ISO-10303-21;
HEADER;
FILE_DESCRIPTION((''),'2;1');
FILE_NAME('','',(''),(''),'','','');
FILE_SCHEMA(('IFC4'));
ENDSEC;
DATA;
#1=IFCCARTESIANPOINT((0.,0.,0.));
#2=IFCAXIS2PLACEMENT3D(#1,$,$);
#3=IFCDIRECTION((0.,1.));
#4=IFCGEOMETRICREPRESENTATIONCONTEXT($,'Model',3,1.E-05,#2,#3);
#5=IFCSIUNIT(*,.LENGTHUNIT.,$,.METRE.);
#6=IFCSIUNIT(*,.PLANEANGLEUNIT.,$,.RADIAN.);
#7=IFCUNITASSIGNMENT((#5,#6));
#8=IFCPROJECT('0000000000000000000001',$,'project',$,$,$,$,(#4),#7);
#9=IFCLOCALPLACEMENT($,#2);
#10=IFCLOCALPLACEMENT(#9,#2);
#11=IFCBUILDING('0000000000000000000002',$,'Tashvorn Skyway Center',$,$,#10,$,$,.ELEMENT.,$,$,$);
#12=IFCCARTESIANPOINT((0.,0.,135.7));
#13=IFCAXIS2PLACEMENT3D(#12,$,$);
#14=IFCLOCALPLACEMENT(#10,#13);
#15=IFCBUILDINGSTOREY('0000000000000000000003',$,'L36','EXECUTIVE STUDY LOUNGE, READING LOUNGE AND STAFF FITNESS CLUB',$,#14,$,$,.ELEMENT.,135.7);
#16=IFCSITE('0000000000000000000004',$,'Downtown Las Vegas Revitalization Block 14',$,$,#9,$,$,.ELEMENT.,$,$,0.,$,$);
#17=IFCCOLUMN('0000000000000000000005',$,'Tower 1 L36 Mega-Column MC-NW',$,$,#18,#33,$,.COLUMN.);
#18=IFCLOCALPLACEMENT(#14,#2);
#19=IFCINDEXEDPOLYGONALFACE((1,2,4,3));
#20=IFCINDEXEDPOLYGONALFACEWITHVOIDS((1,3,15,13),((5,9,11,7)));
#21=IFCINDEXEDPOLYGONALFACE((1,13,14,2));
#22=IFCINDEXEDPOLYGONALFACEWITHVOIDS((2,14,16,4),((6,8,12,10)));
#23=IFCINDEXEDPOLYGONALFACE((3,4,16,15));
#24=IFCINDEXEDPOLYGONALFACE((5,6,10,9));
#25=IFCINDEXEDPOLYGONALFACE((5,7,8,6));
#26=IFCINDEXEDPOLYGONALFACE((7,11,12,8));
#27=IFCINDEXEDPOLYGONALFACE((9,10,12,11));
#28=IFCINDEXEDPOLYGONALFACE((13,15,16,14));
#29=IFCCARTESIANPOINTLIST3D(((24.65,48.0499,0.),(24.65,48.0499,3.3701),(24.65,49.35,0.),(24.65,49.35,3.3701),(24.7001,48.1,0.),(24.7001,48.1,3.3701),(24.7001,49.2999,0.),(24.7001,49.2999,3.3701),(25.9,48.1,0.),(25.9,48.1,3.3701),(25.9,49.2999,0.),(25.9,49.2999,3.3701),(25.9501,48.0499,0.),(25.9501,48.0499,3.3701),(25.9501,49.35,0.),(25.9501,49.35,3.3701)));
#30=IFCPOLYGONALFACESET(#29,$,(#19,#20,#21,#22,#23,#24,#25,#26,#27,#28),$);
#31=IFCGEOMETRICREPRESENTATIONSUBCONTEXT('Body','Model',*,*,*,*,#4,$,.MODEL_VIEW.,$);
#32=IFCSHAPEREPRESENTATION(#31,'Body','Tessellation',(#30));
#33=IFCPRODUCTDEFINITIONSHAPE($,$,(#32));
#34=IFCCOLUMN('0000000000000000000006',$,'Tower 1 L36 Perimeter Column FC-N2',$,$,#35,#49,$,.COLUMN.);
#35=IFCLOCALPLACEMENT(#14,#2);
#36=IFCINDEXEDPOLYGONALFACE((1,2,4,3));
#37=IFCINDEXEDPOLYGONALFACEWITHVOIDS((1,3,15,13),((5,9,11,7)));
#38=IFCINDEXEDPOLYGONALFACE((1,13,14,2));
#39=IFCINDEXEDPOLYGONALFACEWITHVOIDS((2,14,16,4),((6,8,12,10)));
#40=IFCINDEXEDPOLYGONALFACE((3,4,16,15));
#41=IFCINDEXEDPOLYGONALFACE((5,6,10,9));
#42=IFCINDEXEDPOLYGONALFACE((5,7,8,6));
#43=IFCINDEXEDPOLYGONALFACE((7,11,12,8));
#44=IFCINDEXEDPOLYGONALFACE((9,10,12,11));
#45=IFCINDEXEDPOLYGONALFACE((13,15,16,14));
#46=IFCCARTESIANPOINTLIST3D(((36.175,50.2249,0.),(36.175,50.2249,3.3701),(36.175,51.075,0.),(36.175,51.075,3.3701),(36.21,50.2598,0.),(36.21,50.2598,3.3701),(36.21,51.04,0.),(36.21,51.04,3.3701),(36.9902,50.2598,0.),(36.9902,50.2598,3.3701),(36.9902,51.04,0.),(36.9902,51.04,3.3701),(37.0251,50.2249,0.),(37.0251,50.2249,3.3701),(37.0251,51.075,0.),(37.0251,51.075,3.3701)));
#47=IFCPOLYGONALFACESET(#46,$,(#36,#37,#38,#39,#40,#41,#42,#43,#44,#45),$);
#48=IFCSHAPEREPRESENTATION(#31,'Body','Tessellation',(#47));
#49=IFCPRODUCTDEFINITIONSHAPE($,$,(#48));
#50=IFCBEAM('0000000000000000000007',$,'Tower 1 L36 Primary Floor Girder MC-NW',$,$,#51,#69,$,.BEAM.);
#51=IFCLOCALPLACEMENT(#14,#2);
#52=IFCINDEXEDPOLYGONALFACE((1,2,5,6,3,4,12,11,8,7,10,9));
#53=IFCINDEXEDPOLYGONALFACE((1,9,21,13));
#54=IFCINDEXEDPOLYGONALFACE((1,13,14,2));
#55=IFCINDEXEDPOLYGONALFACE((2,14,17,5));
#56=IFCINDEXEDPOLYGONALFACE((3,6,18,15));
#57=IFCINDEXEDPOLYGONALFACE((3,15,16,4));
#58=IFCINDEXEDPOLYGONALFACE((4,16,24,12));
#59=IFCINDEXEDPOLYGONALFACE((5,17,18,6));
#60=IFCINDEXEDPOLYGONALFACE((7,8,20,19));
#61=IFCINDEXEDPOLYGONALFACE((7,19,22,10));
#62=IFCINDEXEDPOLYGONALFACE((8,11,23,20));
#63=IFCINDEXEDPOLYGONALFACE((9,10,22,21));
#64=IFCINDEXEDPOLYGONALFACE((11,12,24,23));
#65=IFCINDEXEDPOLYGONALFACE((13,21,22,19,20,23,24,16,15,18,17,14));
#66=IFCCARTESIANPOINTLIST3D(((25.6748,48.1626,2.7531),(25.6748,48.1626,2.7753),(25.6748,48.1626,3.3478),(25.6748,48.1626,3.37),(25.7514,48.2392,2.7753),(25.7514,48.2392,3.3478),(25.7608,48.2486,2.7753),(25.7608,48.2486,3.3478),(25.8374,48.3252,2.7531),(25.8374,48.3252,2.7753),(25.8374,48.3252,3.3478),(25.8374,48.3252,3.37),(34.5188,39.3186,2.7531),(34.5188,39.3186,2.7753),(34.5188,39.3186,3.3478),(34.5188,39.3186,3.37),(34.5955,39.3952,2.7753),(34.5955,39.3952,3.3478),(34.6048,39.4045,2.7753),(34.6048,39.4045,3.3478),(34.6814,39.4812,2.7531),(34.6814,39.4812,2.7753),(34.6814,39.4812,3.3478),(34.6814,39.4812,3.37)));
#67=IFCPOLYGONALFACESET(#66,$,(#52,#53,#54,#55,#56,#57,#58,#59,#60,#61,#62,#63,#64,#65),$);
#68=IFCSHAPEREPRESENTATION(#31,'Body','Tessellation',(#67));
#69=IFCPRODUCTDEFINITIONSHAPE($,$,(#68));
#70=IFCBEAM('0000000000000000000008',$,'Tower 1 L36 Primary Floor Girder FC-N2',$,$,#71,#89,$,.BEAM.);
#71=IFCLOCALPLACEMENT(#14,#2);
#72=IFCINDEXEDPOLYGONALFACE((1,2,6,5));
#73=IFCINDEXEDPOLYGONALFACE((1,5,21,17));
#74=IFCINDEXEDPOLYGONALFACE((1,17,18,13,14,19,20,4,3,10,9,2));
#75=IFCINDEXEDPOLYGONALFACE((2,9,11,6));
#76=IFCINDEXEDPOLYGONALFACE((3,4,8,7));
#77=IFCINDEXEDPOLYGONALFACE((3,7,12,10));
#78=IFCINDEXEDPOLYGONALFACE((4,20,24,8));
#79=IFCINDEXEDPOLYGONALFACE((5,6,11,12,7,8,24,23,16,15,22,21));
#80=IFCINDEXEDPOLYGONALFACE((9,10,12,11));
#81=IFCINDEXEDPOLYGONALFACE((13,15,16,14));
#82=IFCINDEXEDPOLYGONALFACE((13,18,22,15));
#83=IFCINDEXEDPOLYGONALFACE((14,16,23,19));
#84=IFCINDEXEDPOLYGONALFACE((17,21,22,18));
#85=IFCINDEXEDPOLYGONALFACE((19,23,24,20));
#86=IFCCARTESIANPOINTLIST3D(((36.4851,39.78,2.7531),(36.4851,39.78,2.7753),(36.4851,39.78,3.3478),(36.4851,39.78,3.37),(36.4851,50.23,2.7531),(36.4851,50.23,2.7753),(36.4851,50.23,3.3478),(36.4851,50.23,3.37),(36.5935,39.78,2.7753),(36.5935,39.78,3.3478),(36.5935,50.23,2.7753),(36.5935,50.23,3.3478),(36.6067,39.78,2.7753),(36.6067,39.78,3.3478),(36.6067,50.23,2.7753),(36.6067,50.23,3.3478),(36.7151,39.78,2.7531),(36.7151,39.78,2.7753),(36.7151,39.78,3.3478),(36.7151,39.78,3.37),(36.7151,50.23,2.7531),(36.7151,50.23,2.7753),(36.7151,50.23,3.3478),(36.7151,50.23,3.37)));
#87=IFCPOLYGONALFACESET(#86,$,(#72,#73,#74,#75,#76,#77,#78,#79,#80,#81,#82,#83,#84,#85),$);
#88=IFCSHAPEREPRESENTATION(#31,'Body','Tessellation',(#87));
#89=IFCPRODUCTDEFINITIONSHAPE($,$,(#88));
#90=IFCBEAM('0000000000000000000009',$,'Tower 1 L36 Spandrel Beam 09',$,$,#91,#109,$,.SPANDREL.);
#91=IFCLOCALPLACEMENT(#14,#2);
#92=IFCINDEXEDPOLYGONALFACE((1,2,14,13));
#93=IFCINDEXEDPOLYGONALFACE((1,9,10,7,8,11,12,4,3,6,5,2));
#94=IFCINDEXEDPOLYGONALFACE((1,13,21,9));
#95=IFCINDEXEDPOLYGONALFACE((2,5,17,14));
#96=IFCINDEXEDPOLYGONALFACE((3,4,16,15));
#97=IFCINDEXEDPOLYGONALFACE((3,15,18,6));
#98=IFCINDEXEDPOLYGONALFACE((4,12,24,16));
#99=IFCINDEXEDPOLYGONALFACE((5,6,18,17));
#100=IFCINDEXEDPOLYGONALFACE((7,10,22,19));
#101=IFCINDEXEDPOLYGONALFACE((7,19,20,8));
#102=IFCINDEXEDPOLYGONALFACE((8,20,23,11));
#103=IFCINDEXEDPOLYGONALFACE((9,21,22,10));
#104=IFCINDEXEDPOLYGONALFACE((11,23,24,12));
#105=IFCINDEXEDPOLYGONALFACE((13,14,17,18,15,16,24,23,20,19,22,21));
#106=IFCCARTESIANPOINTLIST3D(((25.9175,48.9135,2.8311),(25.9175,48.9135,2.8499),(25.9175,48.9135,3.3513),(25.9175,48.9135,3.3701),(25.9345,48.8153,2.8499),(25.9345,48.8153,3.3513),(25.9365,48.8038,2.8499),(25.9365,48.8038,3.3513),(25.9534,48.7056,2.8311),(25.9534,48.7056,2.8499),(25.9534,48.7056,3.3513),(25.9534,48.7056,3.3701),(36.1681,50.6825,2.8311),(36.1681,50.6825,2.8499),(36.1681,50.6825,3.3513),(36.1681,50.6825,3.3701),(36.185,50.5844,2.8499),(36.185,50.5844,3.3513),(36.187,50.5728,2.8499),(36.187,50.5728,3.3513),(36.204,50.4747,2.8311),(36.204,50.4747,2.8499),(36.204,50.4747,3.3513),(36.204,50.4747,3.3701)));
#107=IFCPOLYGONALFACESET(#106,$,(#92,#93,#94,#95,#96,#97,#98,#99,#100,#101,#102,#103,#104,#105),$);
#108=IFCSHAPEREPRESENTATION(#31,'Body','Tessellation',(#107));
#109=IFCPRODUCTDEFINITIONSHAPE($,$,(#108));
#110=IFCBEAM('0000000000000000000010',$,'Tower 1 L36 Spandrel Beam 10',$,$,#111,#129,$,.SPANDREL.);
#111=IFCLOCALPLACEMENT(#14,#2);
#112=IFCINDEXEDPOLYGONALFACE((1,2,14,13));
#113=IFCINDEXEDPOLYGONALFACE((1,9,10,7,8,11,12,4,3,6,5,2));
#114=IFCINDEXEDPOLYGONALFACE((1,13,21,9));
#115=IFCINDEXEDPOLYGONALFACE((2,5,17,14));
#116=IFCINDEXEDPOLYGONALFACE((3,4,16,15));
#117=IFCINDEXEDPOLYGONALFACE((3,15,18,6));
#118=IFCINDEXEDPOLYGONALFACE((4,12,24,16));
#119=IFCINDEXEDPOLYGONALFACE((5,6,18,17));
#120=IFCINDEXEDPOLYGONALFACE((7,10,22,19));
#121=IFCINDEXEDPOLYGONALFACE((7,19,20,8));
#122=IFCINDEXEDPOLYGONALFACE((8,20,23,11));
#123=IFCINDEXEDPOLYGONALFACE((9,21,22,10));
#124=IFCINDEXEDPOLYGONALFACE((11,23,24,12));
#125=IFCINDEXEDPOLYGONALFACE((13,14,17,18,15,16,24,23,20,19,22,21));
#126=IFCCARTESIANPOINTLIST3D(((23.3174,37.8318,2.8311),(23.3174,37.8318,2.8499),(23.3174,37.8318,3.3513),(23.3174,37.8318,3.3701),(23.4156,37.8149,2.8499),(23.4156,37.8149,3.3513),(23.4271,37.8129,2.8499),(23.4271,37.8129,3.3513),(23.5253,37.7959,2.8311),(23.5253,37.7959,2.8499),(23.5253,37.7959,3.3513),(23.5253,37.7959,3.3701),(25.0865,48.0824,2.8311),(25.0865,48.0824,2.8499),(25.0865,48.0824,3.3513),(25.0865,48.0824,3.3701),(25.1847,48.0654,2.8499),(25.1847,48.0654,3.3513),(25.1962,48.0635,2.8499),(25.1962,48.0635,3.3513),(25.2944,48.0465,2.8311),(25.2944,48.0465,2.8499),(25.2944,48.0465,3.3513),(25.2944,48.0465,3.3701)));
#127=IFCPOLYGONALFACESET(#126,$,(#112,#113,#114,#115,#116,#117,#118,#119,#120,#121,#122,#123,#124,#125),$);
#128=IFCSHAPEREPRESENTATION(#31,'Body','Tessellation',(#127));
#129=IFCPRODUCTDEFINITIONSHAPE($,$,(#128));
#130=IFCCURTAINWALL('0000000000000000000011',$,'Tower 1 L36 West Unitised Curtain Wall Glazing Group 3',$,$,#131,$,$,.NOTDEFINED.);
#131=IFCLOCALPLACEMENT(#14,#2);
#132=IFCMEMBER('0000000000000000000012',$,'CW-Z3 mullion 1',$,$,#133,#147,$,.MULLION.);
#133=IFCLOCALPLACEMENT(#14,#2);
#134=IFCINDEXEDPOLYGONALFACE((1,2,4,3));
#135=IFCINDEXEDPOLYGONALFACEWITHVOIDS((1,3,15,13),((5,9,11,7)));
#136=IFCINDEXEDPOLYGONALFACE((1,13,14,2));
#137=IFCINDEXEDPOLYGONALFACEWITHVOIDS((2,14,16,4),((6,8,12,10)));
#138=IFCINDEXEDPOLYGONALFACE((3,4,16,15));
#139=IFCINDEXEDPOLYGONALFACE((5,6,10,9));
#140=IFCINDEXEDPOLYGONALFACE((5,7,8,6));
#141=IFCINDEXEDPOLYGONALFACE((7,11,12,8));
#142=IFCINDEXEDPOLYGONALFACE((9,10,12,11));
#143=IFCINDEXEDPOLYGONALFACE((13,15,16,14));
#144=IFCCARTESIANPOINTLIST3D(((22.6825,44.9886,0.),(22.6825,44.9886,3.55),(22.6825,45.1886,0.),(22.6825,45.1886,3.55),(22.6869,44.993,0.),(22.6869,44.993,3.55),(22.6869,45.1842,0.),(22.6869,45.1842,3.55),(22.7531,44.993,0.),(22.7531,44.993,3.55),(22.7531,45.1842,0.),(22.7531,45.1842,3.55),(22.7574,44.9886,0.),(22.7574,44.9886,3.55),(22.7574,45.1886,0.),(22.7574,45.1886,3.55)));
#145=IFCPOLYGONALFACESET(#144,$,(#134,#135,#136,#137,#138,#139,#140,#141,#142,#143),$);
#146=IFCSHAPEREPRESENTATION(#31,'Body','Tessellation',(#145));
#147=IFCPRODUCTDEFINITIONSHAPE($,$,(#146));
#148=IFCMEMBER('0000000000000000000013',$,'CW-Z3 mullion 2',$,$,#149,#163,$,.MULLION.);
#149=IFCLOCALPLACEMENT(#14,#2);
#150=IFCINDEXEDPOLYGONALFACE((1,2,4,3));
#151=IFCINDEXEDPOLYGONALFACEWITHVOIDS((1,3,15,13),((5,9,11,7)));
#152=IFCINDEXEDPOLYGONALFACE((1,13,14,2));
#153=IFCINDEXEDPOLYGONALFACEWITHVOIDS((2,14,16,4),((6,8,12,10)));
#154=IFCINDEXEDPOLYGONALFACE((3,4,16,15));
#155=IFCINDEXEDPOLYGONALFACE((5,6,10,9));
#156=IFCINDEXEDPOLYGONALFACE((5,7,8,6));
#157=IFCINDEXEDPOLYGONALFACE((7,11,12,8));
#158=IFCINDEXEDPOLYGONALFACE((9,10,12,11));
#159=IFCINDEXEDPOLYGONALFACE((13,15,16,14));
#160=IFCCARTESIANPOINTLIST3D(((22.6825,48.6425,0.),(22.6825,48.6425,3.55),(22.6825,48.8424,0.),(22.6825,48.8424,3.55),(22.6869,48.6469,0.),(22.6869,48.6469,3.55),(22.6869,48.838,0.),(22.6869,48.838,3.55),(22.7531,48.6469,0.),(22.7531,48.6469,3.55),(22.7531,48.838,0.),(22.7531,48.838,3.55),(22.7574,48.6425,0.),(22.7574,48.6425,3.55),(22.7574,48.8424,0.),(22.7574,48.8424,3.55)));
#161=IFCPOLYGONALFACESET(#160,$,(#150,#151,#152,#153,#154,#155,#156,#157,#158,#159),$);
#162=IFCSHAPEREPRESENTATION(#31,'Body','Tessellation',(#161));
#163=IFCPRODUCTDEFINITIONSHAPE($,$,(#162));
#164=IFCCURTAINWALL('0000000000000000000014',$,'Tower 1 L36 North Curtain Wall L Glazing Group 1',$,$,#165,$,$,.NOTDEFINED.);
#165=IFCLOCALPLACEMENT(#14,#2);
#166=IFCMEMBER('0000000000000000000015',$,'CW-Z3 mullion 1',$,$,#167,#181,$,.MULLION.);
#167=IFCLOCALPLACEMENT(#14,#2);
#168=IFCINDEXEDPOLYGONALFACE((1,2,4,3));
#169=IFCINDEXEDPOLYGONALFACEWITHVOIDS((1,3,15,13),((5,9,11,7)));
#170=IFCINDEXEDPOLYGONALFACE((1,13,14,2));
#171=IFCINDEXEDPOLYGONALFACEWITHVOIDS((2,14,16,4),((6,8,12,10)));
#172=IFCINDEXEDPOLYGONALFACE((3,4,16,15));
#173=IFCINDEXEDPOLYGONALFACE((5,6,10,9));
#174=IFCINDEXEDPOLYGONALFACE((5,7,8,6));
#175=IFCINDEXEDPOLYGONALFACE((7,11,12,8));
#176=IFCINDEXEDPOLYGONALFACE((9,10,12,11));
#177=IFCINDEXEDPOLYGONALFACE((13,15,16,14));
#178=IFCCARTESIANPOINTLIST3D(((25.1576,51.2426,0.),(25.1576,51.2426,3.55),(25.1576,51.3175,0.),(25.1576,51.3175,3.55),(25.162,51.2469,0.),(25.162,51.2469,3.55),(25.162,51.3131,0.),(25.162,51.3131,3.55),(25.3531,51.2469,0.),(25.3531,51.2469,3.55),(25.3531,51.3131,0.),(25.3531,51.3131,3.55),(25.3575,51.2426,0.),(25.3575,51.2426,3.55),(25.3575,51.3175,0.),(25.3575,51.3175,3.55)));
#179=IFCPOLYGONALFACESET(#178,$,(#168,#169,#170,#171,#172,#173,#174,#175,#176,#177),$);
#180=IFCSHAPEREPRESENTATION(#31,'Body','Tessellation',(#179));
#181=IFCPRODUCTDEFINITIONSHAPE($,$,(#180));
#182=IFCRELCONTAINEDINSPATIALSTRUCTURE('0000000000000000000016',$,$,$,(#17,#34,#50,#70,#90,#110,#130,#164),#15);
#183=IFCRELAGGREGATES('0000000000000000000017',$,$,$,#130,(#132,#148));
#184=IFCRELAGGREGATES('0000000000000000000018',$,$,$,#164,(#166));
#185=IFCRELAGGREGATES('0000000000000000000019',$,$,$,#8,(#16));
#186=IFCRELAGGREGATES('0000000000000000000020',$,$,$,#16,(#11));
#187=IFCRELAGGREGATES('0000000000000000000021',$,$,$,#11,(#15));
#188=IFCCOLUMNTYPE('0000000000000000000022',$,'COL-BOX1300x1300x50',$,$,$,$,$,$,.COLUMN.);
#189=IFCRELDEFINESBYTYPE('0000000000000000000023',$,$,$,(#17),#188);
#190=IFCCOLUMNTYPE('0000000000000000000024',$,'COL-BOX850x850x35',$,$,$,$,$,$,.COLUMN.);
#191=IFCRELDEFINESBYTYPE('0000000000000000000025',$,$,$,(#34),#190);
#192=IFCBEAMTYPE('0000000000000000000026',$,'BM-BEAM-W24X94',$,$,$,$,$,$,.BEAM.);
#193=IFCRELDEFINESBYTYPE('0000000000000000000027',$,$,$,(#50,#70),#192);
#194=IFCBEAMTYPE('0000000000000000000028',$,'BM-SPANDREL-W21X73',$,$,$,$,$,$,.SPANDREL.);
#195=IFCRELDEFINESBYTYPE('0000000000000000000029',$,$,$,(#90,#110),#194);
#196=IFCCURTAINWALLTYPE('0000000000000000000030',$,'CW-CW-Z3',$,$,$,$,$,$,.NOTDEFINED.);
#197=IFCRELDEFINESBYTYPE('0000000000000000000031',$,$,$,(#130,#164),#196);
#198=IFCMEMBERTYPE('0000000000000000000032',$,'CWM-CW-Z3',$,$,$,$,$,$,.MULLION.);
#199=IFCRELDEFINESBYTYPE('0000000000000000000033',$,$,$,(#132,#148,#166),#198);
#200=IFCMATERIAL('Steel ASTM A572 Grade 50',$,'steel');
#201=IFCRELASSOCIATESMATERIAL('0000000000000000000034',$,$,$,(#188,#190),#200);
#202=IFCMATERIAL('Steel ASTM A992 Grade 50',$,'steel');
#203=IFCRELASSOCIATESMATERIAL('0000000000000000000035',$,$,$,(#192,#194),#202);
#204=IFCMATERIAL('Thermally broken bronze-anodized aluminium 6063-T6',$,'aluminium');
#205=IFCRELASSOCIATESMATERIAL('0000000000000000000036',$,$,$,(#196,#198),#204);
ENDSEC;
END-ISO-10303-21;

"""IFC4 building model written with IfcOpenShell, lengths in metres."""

from ifc_helpers import new_model, si_unit, direction, frame, origin, origin_2d, place, context, subcontext, project, spatial, hollow_rectangle, i_section, extrude, material, material_profile, profile_set, type_object, element, aggregate, save


model = new_model("IFC4")

# Units and contexts
model_context = context("Model", 3, precision=1e-05, world=origin(), true_north=direction((0.0, 1.0)))
body_context = subcontext(model_context, "Body", "Model", "MODEL_VIEW")
ifc_project = project(units=[si_unit("LENGTHUNIT", "METRE"), si_unit("PLANEANGLEUNIT", "RADIAN")], contexts=[model_context])

# Site, building, storey
site_placement = place(None, origin())
site = spatial("IfcSite", under=ifc_project, at=site_placement, Name="Downtown Las Vegas Revitalization Block 14", CompositionType="ELEMENT", RefElevation=0.0)
building_placement = place(site_placement, origin())
building = spatial("IfcBuilding", under=site, at=building_placement, Name="Tashvorn Skyway Center", CompositionType="ELEMENT")
storey_placement = place(building_placement, frame((0.0, 0.0, 135.7)))
storey = spatial("IfcBuildingStorey", under=building, at=storey_placement, Name="L36", Description="EXECUTIVE STUDY LOUNGE, READING LOUNGE AND STAFF FITNESS CLUB", CompositionType="ELEMENT", Elevation=135.7)

# Columns
ifc_material_1 = material(Name="Steel ASTM A572 Grade 50", Category="steel")
ifc_material_profile_1 = material_profile(ifc_material_1, hollow_rectangle(XDim=1.3, YDim=1.3, WallThickness=0.05, at=origin_2d()), Name="BOX1300x1300x50")
ifc_profile_set_1 = profile_set([ifc_material_profile_1], Name="Steel ASTM A572 Grade 50")
column_type_1 = type_object("IfcColumnType", Name="COL-BOX1300x1300x50", PredefinedType="COLUMN", material=ifc_profile_set_1)
column_1_placement = place(storey_placement, frame((25.3, 48.7, 0.0), z_axis=(0.0, 0.0, 1.0), x_axis=(1.0, 0.0, 0.0)))
element("IfcColumn", 1, at=column_1_placement, inside=storey, type_object=column_type_1, Name="Tower 1 L36 Mega-Column MC-NW", PredefinedType="COLUMN", context=body_context, shape_type="SweptSolid", body=[
    extrude(hollow_rectangle(XDim=1.3, YDim=1.3, WallThickness=0.05, at=origin_2d()), origin(), (0.0, 0.0, 1.0), 3.3701),
])
ifc_material_profile_2 = material_profile(ifc_material_1, hollow_rectangle(XDim=0.8501, YDim=0.8501, WallThickness=0.0349, at=origin_2d()), Name="BOX850x850x35")
ifc_profile_set_2 = profile_set([ifc_material_profile_2], Name="Steel ASTM A572 Grade 50")
column_type_2 = type_object("IfcColumnType", Name="COL-BOX850x850x35", PredefinedType="COLUMN", material=ifc_profile_set_2)
column_2_placement = place(storey_placement, frame((36.6001, 50.6499, 0.0), z_axis=(0.0, 0.0, 1.0), x_axis=(1.0, 0.0, 0.0)))
element("IfcColumn", 2, at=column_2_placement, inside=storey, type_object=column_type_2, Name="Tower 1 L36 Perimeter Column FC-N2", PredefinedType="COLUMN", context=body_context, shape_type="SweptSolid", body=[
    extrude(hollow_rectangle(XDim=0.8501, YDim=0.8501, WallThickness=0.0349, at=origin_2d()), origin(), (0.0, 0.0, 1.0), 3.3701),
])

# Beams
ifc_material_2 = material(Name="Steel ASTM A992 Grade 50", Category="steel")
ifc_material_profile_3 = material_profile(ifc_material_2, i_section(OverallWidth=0.23, OverallDepth=0.6169, WebThickness=0.0132, FlangeThickness=0.0222, at=origin_2d()), Name="W24X94")
ifc_profile_set_3 = profile_set([ifc_material_profile_3], Name="Steel ASTM A992 Grade 50")
beam_type_1 = type_object("IfcBeamType", Name="BM-BEAM-W24X94", PredefinedType="BEAM", material=ifc_profile_set_3)
beam_1_placement = place(storey_placement, frame((25.7561, 48.2439, 3.0615), z_axis=(0.707107, -0.707107, 0.0), x_axis=(0.707107, 0.707107, 0.0)))
element("IfcBeam", 3, at=beam_1_placement, inside=storey, type_object=beam_type_1, Name="Tower 1 L36 Primary Floor Girder MC-NW", PredefinedType="BEAM", context=body_context, shape_type="SweptSolid", body=[
    extrude(i_section(OverallWidth=0.23, OverallDepth=0.6169, WebThickness=0.0132, FlangeThickness=0.0222, at=origin_2d()), origin(), (0.0, 0.0, 1.0), 12.5073),
])
beam_2_placement = place(storey_placement, frame((36.6001, 50.23, 3.0615), z_axis=(0.0, -1.0, 0.0), x_axis=(1.0, 0.0, 0.0)))
element("IfcBeam", 4, at=beam_2_placement, inside=storey, type_object=beam_type_1, Name="Tower 1 L36 Primary Floor Girder FC-N2", PredefinedType="BEAM", context=body_context, shape_type="SweptSolid", body=[
    extrude(i_section(OverallWidth=0.23, OverallDepth=0.6169, WebThickness=0.0132, FlangeThickness=0.0222, at=origin_2d()), origin(), (0.0, 0.0, 1.0), 10.45),
])
ifc_material_profile_4 = material_profile(ifc_material_2, i_section(OverallWidth=0.2109, OverallDepth=0.5391, WebThickness=0.0117, FlangeThickness=0.0188, at=origin_2d()), Name="W21X73")
ifc_profile_set_4 = profile_set([ifc_material_profile_4], Name="Steel ASTM A992 Grade 50")
beam_type_2 = type_object("IfcBeamType", Name="BM-SPANDREL-W21X73", PredefinedType="SPANDREL", material=ifc_profile_set_4)
for number, where, z_axis, x_axis, name in (
    (5, (36.186, 50.5786, 3.1006), (-0.985432, -0.170067, 0.0), (0.170067, -0.985432, 0.0), "Tower 1 L36 Spandrel Beam 09"),
    (6, (25.1904, 48.0645, 3.1006), (-0.170067, -0.985432, 0.0), (0.985432, -0.170067, 0.0), "Tower 1 L36 Spandrel Beam 10"),
):
    element("IfcBeam", number, at=place(storey_placement, frame(where, z_axis=z_axis, x_axis=x_axis)), inside=storey, type_object=beam_type_2, Name=name, PredefinedType="SPANDREL", context=body_context, shape_type="SweptSolid", body=[
        extrude(i_section(OverallWidth=0.2109, OverallDepth=0.5391, WebThickness=0.0117, FlangeThickness=0.0188, at=origin_2d()), origin(), (0.0, 0.0, 1.0), 10.4021),
    ])

# Curtain walls, members
ifc_material_3 = material(Name="Thermally broken bronze-anodized aluminium 6063-T6", Category="aluminium")
curtain_wall_type = type_object("IfcCurtainWallType", Name="CW-CW-Z3", PredefinedType="NOTDEFINED", material=ifc_material_3)
curtain_wall_1_placement = place(storey_placement, origin())
curtain_wall_1 = element("IfcCurtainWall", 7, at=curtain_wall_1_placement, inside=storey, type_object=curtain_wall_type, Name="Tower 1 L36 West Unitised Curtain Wall Glazing Group 3", PredefinedType="NOTDEFINED")
ifc_material_profile_5 = material_profile(ifc_material_3, hollow_rectangle(XDim=0.075, YDim=0.2, WallThickness=0.0044, at=origin_2d()), Name="ALU-MULL-75x200")
ifc_profile_set_5 = profile_set([ifc_material_profile_5], Name="Thermally broken bronze-anodized aluminium 6063-T6")
member_type_1 = type_object("IfcMemberType", Name="CWM-CW-Z3", PredefinedType="MULLION", material=ifc_profile_set_5)
member_1_placement = place(storey_placement, frame((22.72, 45.0886, 0.0), z_axis=(0.0, 0.0, 1.0), x_axis=(-1.0, 0.0, 0.0)))
member_1 = element("IfcMember", 8, at=member_1_placement, type_object=member_type_1, Name="CW-Z3 mullion 1", PredefinedType="MULLION", context=body_context, shape_type="SweptSolid", body=[
    extrude(hollow_rectangle(XDim=0.075, YDim=0.2, WallThickness=0.0044, at=origin_2d()), origin(), (0.0, 0.0, 1.0), 3.55),
])
member_2_placement = place(storey_placement, frame((22.72, 48.7424, 0.0), z_axis=(0.0, 0.0, 1.0), x_axis=(-1.0, 0.0, 0.0)))
member_2 = element("IfcMember", 9, at=member_2_placement, type_object=member_type_1, Name="CW-Z3 mullion 2", PredefinedType="MULLION", context=body_context, shape_type="SweptSolid", body=[
    extrude(hollow_rectangle(XDim=0.075, YDim=0.2, WallThickness=0.0044, at=origin_2d()), origin(), (0.0, 0.0, 1.0), 3.55),
])
curtain_wall_2_placement = place(storey_placement, origin())
curtain_wall_2 = element("IfcCurtainWall", 10, at=curtain_wall_2_placement, inside=storey, type_object=curtain_wall_type, Name="Tower 1 L36 North Curtain Wall L Glazing Group 1", PredefinedType="NOTDEFINED")
member_3_placement = place(storey_placement, frame((25.2576, 51.28, 0.0), z_axis=(0.0, 0.0, 1.0), x_axis=(0.0, 1.0, 0.0)))
member_3 = element("IfcMember", 11, at=member_3_placement, type_object=member_type_1, Name="CW-Z3 mullion 1", PredefinedType="MULLION", context=body_context, shape_type="SweptSolid", body=[
    extrude(hollow_rectangle(XDim=0.075, YDim=0.2, WallThickness=0.0044, at=origin_2d()), origin(), (0.0, 0.0, 1.0), 3.55),
])

aggregate(curtain_wall_1, [member_1, member_2])
aggregate(curtain_wall_2, [member_3])

save(model, "model.ifc")
